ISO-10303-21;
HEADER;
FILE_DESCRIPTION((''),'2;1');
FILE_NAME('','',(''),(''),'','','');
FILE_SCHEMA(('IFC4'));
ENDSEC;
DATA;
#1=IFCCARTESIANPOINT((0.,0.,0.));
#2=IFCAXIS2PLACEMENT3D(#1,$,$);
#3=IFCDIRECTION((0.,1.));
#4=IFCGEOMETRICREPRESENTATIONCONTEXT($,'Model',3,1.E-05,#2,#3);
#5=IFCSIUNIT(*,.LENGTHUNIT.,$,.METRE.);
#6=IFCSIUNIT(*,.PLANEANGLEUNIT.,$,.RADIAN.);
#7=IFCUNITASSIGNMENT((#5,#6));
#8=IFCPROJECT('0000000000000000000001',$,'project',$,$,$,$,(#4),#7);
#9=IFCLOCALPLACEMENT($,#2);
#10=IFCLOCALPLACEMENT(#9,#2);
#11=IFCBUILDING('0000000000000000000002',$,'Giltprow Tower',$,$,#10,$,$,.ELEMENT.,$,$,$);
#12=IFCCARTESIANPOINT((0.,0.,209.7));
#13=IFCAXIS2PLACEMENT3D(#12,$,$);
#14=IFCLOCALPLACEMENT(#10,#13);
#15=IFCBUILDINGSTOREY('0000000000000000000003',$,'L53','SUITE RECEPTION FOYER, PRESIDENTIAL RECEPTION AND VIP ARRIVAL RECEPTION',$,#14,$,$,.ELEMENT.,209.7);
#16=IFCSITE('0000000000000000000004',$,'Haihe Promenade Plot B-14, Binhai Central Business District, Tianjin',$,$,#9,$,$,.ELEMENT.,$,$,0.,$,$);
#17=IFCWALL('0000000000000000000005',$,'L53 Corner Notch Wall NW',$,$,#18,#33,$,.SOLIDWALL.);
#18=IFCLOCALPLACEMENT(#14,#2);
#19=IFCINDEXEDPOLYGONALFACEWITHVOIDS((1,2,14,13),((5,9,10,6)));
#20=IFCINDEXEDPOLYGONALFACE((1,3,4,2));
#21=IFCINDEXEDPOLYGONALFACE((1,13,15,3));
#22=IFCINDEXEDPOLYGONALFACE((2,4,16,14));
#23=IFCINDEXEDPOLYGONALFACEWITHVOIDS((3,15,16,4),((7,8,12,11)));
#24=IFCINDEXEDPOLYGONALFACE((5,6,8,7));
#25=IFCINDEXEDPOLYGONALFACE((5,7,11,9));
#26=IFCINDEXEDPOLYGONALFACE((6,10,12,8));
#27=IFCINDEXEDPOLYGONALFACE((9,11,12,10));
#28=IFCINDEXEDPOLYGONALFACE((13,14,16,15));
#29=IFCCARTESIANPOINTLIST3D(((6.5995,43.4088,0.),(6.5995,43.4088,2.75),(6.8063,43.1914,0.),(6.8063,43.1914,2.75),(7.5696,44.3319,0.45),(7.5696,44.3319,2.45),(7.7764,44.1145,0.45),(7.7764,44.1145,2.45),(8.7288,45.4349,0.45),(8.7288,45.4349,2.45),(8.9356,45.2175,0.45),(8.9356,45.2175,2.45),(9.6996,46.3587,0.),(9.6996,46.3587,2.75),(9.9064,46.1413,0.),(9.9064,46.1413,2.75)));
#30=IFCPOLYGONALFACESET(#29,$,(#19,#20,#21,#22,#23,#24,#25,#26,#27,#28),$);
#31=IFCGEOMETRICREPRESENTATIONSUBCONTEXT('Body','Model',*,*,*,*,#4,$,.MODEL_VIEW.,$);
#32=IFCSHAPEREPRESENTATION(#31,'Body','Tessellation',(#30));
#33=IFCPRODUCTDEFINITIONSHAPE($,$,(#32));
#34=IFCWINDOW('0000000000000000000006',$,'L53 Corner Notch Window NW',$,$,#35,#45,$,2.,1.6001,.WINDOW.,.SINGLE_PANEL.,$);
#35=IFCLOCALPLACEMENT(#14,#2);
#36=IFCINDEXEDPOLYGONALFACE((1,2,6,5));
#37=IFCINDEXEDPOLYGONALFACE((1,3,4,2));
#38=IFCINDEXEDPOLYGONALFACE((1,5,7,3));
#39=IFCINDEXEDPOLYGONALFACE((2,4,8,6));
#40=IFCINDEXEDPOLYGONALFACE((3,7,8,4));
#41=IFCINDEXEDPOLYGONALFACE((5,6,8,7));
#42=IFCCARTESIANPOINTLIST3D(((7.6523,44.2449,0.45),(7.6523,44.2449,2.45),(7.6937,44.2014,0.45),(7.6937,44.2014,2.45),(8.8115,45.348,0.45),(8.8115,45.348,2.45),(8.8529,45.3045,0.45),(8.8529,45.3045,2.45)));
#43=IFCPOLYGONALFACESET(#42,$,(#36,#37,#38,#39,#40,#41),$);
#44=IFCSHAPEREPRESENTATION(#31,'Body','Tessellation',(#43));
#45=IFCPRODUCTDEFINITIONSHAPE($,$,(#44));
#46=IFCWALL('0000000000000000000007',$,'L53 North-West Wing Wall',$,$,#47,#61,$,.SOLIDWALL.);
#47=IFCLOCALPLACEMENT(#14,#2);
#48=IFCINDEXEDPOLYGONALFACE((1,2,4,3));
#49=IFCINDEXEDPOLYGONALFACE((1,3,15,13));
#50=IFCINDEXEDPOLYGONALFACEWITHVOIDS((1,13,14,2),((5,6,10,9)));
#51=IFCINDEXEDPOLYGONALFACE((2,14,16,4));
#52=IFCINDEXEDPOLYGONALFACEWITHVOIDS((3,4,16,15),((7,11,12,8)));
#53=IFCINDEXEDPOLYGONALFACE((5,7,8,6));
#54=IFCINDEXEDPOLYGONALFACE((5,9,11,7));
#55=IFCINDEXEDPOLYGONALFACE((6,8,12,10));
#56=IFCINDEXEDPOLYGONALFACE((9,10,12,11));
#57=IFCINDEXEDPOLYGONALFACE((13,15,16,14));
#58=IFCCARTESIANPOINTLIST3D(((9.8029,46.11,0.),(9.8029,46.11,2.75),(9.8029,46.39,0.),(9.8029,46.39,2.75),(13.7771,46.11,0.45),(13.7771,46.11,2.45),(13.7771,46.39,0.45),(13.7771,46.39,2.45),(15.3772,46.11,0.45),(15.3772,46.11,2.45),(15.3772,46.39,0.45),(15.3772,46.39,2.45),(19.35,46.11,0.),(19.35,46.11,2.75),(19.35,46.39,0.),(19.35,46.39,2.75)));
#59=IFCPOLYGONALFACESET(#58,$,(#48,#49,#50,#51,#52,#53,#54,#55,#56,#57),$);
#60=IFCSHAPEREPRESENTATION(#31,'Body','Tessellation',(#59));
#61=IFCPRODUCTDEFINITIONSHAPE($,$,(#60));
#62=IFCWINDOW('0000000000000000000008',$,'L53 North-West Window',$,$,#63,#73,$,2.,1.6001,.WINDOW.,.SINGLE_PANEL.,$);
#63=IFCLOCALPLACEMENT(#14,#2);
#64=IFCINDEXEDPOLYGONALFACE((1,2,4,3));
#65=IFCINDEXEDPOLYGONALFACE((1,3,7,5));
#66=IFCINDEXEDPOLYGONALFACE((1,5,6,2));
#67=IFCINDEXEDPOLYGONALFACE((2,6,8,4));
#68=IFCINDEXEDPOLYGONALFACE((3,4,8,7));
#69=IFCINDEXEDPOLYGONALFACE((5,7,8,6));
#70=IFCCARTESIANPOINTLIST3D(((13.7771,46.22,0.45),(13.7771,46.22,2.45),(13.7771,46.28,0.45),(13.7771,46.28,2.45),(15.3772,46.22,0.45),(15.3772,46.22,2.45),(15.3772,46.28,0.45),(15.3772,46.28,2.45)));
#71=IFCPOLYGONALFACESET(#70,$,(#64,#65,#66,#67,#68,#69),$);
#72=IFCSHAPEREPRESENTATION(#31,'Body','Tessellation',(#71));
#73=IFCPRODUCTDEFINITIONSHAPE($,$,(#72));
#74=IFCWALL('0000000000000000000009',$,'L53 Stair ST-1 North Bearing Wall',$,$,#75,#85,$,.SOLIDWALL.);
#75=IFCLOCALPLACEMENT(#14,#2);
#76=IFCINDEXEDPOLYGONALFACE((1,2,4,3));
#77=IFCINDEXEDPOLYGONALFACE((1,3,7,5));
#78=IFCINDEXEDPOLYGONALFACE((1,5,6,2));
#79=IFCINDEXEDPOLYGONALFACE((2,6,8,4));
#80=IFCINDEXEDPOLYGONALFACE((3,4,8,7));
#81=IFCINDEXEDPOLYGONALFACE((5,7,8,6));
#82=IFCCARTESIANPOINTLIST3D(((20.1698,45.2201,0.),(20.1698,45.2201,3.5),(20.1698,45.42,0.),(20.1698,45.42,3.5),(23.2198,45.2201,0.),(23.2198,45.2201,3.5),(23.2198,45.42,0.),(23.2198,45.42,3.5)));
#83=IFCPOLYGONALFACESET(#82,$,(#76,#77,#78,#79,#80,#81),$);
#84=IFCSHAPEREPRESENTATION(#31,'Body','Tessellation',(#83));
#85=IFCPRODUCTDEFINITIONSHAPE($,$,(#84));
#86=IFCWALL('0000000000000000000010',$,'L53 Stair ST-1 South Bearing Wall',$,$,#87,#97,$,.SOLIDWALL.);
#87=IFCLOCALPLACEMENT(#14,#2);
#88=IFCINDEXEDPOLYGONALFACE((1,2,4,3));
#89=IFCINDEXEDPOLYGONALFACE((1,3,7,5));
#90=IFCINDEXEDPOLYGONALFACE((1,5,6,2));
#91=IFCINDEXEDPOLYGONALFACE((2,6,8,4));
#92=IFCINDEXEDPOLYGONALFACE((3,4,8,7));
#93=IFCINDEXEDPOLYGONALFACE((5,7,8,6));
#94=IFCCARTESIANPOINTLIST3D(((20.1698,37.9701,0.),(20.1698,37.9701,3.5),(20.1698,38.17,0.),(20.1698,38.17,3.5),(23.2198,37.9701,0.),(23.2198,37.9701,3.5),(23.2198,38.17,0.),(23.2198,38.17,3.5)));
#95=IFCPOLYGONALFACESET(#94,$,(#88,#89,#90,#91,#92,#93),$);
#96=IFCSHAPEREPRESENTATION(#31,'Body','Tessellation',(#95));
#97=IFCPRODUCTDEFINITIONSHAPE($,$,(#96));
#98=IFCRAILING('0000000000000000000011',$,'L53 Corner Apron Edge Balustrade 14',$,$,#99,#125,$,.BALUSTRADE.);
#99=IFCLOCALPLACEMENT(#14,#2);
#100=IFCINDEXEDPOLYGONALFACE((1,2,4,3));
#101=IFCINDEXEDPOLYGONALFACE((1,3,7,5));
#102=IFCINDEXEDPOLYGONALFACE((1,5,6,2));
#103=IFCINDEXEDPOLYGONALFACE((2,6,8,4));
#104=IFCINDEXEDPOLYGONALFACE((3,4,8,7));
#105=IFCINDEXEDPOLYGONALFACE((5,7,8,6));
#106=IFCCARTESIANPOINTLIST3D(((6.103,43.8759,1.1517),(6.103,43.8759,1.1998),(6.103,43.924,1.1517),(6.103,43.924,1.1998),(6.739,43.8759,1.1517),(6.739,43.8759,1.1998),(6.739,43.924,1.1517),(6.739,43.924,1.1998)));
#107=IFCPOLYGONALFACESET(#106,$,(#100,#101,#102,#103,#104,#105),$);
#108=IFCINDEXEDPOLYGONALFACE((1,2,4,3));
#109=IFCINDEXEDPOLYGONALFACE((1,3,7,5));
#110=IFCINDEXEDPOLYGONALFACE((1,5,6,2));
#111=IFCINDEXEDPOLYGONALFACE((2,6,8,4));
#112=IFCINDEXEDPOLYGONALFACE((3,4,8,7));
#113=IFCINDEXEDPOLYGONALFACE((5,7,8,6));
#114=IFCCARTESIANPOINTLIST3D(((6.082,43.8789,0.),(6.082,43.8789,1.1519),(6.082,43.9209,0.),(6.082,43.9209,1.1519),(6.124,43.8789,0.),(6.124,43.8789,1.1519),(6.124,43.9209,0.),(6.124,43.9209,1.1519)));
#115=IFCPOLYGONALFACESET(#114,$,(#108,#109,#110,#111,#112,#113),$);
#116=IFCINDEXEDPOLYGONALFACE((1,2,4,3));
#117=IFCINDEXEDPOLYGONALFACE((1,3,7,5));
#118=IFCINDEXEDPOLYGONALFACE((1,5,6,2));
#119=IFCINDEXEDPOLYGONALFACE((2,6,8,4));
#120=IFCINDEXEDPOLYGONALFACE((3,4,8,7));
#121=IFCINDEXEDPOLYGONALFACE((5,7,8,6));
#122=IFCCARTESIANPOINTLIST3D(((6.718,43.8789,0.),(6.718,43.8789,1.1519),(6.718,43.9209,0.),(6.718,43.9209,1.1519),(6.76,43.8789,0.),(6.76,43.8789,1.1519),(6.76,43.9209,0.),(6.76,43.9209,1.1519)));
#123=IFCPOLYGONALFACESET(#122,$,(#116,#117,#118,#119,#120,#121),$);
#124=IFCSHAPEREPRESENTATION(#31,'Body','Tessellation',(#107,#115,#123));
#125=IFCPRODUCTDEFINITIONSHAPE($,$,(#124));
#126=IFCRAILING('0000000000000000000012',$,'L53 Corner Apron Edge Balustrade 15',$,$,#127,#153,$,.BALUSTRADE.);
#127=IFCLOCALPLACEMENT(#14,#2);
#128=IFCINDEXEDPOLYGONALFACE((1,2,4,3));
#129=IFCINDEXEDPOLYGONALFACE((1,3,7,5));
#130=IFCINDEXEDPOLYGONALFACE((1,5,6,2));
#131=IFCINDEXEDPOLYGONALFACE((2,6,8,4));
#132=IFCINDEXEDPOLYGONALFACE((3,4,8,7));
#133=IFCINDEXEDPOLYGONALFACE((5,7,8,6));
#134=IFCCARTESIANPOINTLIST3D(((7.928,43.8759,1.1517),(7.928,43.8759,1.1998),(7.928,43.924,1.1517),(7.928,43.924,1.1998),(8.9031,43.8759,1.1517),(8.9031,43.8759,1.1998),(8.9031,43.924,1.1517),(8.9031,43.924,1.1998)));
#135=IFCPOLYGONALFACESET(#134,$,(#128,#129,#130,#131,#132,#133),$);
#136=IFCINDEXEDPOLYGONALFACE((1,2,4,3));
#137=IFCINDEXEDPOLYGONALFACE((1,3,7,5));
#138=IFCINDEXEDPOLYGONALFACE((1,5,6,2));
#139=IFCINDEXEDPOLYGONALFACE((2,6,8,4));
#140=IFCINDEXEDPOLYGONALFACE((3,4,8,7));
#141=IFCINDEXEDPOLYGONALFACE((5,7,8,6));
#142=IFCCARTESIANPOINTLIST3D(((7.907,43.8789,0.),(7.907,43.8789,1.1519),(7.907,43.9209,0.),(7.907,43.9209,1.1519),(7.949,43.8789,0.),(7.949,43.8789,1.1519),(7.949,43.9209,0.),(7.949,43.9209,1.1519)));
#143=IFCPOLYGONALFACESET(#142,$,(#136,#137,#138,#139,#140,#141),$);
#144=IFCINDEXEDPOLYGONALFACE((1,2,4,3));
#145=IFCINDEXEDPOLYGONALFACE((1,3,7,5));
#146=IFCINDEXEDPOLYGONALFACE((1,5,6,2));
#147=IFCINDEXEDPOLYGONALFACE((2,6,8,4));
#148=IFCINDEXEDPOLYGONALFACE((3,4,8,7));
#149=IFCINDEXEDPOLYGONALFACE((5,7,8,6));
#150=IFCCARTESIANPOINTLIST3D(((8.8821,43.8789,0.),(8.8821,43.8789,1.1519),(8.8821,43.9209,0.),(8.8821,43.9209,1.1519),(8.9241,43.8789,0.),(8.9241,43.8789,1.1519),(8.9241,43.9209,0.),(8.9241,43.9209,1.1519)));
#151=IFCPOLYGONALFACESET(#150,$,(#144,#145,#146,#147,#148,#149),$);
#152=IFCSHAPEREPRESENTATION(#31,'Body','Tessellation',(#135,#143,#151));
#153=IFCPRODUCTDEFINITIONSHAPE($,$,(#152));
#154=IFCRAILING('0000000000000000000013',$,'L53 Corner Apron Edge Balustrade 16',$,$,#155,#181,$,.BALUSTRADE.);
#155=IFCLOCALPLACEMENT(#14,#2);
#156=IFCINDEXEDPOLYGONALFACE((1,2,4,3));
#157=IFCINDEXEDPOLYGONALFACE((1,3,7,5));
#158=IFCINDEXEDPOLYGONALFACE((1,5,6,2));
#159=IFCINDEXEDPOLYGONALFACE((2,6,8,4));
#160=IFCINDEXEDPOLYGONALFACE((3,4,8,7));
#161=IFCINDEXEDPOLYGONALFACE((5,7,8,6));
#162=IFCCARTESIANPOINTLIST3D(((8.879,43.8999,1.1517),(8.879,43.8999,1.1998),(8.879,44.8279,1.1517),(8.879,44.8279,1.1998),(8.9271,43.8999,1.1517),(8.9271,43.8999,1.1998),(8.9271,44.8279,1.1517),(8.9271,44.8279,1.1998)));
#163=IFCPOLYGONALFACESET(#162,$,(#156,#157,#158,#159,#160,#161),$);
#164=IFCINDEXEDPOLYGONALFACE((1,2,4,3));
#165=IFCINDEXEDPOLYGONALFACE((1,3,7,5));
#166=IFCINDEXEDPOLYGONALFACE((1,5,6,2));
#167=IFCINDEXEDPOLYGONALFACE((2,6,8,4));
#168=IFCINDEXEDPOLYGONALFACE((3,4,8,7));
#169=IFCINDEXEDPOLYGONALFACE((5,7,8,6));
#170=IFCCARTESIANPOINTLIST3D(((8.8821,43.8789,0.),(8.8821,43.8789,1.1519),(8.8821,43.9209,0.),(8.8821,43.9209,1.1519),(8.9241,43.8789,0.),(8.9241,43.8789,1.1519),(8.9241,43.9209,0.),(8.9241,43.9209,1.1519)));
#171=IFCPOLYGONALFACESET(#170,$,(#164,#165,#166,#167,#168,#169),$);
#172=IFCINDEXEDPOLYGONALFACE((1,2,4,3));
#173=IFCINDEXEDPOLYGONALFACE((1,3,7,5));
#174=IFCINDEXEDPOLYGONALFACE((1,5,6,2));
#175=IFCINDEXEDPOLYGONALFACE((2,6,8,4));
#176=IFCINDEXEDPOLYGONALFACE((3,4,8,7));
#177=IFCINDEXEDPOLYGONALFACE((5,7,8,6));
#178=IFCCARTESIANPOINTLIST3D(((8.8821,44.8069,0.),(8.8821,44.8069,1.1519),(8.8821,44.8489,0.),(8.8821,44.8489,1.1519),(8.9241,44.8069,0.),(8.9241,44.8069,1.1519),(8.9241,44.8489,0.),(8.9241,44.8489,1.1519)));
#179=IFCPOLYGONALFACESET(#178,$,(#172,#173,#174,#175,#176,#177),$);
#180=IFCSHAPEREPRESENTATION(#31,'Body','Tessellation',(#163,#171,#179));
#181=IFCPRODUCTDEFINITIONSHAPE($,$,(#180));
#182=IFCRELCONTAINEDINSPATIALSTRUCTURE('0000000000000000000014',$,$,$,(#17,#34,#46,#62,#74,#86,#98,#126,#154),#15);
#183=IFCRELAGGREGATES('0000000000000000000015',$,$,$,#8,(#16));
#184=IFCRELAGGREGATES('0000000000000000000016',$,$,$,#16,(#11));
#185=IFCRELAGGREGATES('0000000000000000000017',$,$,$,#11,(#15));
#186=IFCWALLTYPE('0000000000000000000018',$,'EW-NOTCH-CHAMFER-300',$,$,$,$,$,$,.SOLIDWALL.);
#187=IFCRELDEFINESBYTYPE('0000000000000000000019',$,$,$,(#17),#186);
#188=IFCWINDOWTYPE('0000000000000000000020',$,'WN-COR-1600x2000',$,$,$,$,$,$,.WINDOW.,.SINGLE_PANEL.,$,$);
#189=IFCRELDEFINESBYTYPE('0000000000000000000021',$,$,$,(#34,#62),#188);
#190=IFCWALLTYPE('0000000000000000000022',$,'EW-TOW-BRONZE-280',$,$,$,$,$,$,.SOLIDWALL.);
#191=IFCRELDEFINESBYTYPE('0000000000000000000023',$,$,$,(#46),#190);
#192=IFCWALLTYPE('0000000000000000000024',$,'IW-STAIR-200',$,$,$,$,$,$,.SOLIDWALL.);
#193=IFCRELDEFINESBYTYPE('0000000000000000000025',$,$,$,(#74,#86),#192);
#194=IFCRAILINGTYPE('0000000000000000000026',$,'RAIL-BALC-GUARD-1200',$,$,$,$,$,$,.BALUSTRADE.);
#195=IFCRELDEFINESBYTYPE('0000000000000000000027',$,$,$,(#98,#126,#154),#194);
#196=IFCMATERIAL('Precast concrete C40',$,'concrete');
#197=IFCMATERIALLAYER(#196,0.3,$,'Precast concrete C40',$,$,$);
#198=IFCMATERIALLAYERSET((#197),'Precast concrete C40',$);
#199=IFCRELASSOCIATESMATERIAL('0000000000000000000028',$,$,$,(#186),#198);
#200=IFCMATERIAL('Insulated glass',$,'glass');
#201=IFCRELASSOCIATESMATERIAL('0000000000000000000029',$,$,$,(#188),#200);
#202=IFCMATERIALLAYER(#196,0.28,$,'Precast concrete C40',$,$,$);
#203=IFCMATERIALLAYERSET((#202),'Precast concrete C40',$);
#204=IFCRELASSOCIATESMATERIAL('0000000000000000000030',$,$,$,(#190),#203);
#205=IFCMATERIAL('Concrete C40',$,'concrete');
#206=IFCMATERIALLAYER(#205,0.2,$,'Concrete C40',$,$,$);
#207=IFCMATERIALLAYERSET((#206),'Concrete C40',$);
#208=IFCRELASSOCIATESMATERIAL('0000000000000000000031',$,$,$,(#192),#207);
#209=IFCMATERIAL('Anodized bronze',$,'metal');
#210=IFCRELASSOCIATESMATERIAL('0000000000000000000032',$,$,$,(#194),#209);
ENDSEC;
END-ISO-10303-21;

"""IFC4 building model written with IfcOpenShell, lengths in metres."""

from ifc_helpers import new_model, si_unit, direction, frame, frame_2d, origin, origin_2d, place, context, subcontext, project, spatial, rectangle, extrude, source, transform, mapped, material, layer, layer_set, type_object, element, fill, save


model = new_model("IFC4")

# Units and contexts
model_context = context("Model", 3, precision=1e-05, world=origin(), true_north=direction((0.0, 1.0)))
body_context = subcontext(model_context, "Body", "Model", "MODEL_VIEW")
ifc_project = project(units=[si_unit("LENGTHUNIT", "METRE"), si_unit("PLANEANGLEUNIT", "RADIAN")], contexts=[model_context])

# Site, building, storey
site_placement = place(None, origin())
site = spatial("IfcSite", under=ifc_project, at=site_placement, Name="Haihe Promenade Plot B-14, Binhai Central Business District, Tianjin", CompositionType="ELEMENT", RefElevation=0.0)
building_placement = place(site_placement, origin())
building = spatial("IfcBuilding", under=site, at=building_placement, Name="Giltprow Tower", CompositionType="ELEMENT")
storey_placement = place(building_placement, frame((0.0, 0.0, 209.7)))
storey = spatial("IfcBuildingStorey", under=building, at=storey_placement, Name="L53", Description="SUITE RECEPTION FOYER, PRESIDENTIAL RECEPTION AND VIP ARRIVAL RECEPTION", CompositionType="ELEMENT", Elevation=209.7)

# Walls, openings, windows
ifc_material_1 = material(Name="Precast concrete C40", Category="concrete")
ifc_layer_1 = layer(ifc_material_1, 0.3, Name="Precast concrete C40")
ifc_layer_set_1 = layer_set([ifc_layer_1], Name="Precast concrete C40")
wall_type_1 = type_object("IfcWallType", Name="EW-NOTCH-CHAMFER-300", PredefinedType="SOLIDWALL", material=ifc_layer_set_1)
wall_1_placement = place(storey_placement, frame((9.803, 46.25, 0.0), z_axis=(0.0, 0.0, 1.0), x_axis=(-0.724432, -0.689346, 0.0)))
wall_1 = element("IfcWall", 1, at=wall_1_placement, inside=storey, type_object=wall_type_1, Name="L53 Corner Notch Wall NW", PredefinedType="SOLIDWALL", context=body_context, shape_type="SweptSolid", body=[
    extrude(rectangle(XDim=4.2793, YDim=0.3, at=frame_2d((2.1396, 0.0))), origin(), (0.0, 0.0, 1.0), 2.75),
])
opening_1_placement = place(wall_1_placement, frame((1.3401, 0.0, 0.45)))
opening_1 = element("IfcOpeningElement", 2, at=opening_1_placement, cuts=wall_1, PredefinedType="OPENING", context=body_context, shape_type="SweptSolid", body=[
    extrude(rectangle(XDim=1.6001, YDim=2.0, at=frame_2d((0.8, 1.0))), frame((0.0, 0.1599, 0.0), z_axis=(0.0, -1.0, 0.0), x_axis=(1.0, 0.0, 0.0)), (0.0, 0.0, 1.0), 0.3201),
])
ifc_material_2 = material(Name="Insulated glass", Category="glass")
window_type = type_object("IfcWindowType", Name="WN-COR-1600x2000", PartitioningType="SINGLE_PANEL", PredefinedType="WINDOW", material=ifc_material_2)
shared_shape_1 = source(origin(), body_context, "Body", "SweptSolid", [
    extrude(rectangle(XDim=1.6001, YDim=2.0, at=frame_2d((0.8, 1.0))), frame((0.0, 0.03, 0.0), z_axis=(0.0, -1.0, 0.0), x_axis=(1.0, 0.0, 0.0)), (0.0, 0.0, 1.0), 0.0601),
])
window_1_placement = place(opening_1_placement, origin())
window_1 = element("IfcWindow", 3, at=window_1_placement, inside=storey, type_object=window_type, Name="L53 Corner Notch Window NW", OverallHeight=2.0, OverallWidth=1.6001, PartitioningType="SINGLE_PANEL", PredefinedType="WINDOW", context=body_context, shape_type="MappedRepresentation", body=[
    mapped(shared_shape_1, transform((0.0, 0.0, 0.0), x_axis=(1.0, 0.0, 0.0), y_axis=(0.0, 1.0, 0.0), z_axis=(0.0, 0.0, 1.0), scale=1.0)),
])
fill(opening_1, window_1)
ifc_layer_2 = layer(ifc_material_1, 0.28, Name="Precast concrete C40")
ifc_layer_set_2 = layer_set([ifc_layer_2], Name="Precast concrete C40")
wall_type_2 = type_object("IfcWallType", Name="EW-TOW-BRONZE-280", PredefinedType="SOLIDWALL", material=ifc_layer_set_2)
wall_2_placement = place(storey_placement, frame((9.803, 46.25, 0.0), z_axis=(0.0, 0.0, 1.0), x_axis=(1.0, 0.0, 0.0)))
wall_2 = element("IfcWall", 4, at=wall_2_placement, inside=storey, type_object=wall_type_2, Name="L53 North-West Wing Wall", PredefinedType="SOLIDWALL", context=body_context, shape_type="SweptSolid", body=[
    extrude(rectangle(XDim=9.5471, YDim=0.28, at=frame_2d((4.7734, 0.0))), origin(), (0.0, 0.0, 1.0), 2.75),
])
opening_2_placement = place(wall_2_placement, frame((3.9741, 0.0, 0.45)))
opening_2 = element("IfcOpeningElement", 5, at=opening_2_placement, cuts=wall_2, PredefinedType="OPENING", context=body_context, shape_type="SweptSolid", body=[
    extrude(rectangle(XDim=1.6001, YDim=2.0, at=frame_2d((0.8, 1.0))), frame((0.0, 0.1499, 0.0), z_axis=(0.0, -1.0, 0.0), x_axis=(1.0, 0.0, 0.0)), (0.0, 0.0, 1.0), 0.3),
])
window_2_placement = place(opening_2_placement, origin())
window_2 = element("IfcWindow", 6, at=window_2_placement, inside=storey, type_object=window_type, Name="L53 North-West Window", OverallHeight=2.0, OverallWidth=1.6001, PartitioningType="SINGLE_PANEL", PredefinedType="WINDOW", context=body_context, shape_type="MappedRepresentation", body=[
    mapped(shared_shape_1, transform((0.0, 0.0, 0.0), x_axis=(1.0, 0.0, 0.0), y_axis=(0.0, 1.0, 0.0), z_axis=(0.0, 0.0, 1.0), scale=1.0)),
])
fill(opening_2, window_2)

# Walls
ifc_material_3 = material(Name="Concrete C40", Category="concrete")
ifc_layer_3 = layer(ifc_material_3, 0.2, Name="Concrete C40")
ifc_layer_set_3 = layer_set([ifc_layer_3], Name="Concrete C40")
wall_type_3 = type_object("IfcWallType", Name="IW-STAIR-200", PredefinedType="SOLIDWALL", material=ifc_layer_set_3)
for number, where, z_axis, x_axis, name in (
    (7, (20.1699, 45.3201, 0.0), (0.0, 0.0, 1.0), (1.0, 0.0, 0.0), "L53 Stair ST-1 North Bearing Wall"),
    (8, (20.1699, 38.0701, 0.0), (0.0, 0.0, 1.0), (1.0, 0.0, 0.0), "L53 Stair ST-1 South Bearing Wall"),
):
    element("IfcWall", number, at=place(storey_placement, frame(where, z_axis=z_axis, x_axis=x_axis)), inside=storey, type_object=wall_type_3, Name=name, PredefinedType="SOLIDWALL", context=body_context, shape_type="SweptSolid", body=[
        extrude(rectangle(XDim=3.05, YDim=0.2, at=frame_2d((1.5249, 0.0))), origin(), (0.0, 0.0, 1.0), 3.5),
    ])

# Railings
ifc_material_4 = material(Name="Anodized bronze", Category="metal")
railing_type = type_object("IfcRailingType", Name="RAIL-BALC-GUARD-1200", PredefinedType="BALUSTRADE", material=ifc_material_4)
railing_1_placement = place(storey_placement, frame((6.103, 43.8999, 0.0)))
element("IfcRailing", 9, at=railing_1_placement, inside=storey, type_object=railing_type, Name="L53 Corner Apron Edge Balustrade 14", PredefinedType="BALUSTRADE", context=body_context, shape_type="SweptSolid", body=[
    extrude(rectangle(XDim=0.0481, YDim=0.0481, at=origin_2d()), frame((0.0, 0.0, 1.1758), z_axis=(1.0, 0.0, 0.0), x_axis=(0.0, 1.0, 0.0)), (0.0, 0.0, 1.0), 0.636),
    extrude(rectangle(XDim=0.042, YDim=0.042, at=origin_2d()), origin(), (0.0, 0.0, 1.0), 1.1519),
    extrude(rectangle(XDim=0.042, YDim=0.042, at=origin_2d()), frame((0.636, 0.0, 0.0)), (0.0, 0.0, 1.0), 1.1519),
])
railing_2_placement = place(storey_placement, frame((7.928, 43.8999, 0.0)))
element("IfcRailing", 10, at=railing_2_placement, inside=storey, type_object=railing_type, Name="L53 Corner Apron Edge Balustrade 15", PredefinedType="BALUSTRADE", context=body_context, shape_type="SweptSolid", body=[
    extrude(rectangle(XDim=0.0481, YDim=0.0481, at=origin_2d()), frame((0.0, 0.0, 1.1758), z_axis=(1.0, 0.0, 0.0), x_axis=(0.0, 1.0, 0.0)), (0.0, 0.0, 1.0), 0.9751),
    extrude(rectangle(XDim=0.042, YDim=0.042, at=origin_2d()), origin(), (0.0, 0.0, 1.0), 1.1519),
    extrude(rectangle(XDim=0.042, YDim=0.042, at=origin_2d()), frame((0.9751, 0.0, 0.0)), (0.0, 0.0, 1.0), 1.1519),
])
railing_3_placement = place(storey_placement, frame((8.9031, 43.8999, 0.0)))
element("IfcRailing", 11, at=railing_3_placement, inside=storey, type_object=railing_type, Name="L53 Corner Apron Edge Balustrade 16", PredefinedType="BALUSTRADE", context=body_context, shape_type="SweptSolid", body=[
    extrude(rectangle(XDim=0.0481, YDim=0.0481, at=origin_2d()), frame((0.0, 0.0, 1.1758), z_axis=(0.0, 1.0, 0.0), x_axis=(-1.0, 0.0, 0.0)), (0.0, 0.0, 1.0), 0.928),
    extrude(rectangle(XDim=0.042, YDim=0.042, at=origin_2d()), origin(), (0.0, 0.0, 1.0), 1.1519),
    extrude(rectangle(XDim=0.042, YDim=0.042, at=origin_2d()), frame((0.0, 0.928, 0.0)), (0.0, 0.0, 1.0), 1.1519),
])

save(model, "model.ifc")
